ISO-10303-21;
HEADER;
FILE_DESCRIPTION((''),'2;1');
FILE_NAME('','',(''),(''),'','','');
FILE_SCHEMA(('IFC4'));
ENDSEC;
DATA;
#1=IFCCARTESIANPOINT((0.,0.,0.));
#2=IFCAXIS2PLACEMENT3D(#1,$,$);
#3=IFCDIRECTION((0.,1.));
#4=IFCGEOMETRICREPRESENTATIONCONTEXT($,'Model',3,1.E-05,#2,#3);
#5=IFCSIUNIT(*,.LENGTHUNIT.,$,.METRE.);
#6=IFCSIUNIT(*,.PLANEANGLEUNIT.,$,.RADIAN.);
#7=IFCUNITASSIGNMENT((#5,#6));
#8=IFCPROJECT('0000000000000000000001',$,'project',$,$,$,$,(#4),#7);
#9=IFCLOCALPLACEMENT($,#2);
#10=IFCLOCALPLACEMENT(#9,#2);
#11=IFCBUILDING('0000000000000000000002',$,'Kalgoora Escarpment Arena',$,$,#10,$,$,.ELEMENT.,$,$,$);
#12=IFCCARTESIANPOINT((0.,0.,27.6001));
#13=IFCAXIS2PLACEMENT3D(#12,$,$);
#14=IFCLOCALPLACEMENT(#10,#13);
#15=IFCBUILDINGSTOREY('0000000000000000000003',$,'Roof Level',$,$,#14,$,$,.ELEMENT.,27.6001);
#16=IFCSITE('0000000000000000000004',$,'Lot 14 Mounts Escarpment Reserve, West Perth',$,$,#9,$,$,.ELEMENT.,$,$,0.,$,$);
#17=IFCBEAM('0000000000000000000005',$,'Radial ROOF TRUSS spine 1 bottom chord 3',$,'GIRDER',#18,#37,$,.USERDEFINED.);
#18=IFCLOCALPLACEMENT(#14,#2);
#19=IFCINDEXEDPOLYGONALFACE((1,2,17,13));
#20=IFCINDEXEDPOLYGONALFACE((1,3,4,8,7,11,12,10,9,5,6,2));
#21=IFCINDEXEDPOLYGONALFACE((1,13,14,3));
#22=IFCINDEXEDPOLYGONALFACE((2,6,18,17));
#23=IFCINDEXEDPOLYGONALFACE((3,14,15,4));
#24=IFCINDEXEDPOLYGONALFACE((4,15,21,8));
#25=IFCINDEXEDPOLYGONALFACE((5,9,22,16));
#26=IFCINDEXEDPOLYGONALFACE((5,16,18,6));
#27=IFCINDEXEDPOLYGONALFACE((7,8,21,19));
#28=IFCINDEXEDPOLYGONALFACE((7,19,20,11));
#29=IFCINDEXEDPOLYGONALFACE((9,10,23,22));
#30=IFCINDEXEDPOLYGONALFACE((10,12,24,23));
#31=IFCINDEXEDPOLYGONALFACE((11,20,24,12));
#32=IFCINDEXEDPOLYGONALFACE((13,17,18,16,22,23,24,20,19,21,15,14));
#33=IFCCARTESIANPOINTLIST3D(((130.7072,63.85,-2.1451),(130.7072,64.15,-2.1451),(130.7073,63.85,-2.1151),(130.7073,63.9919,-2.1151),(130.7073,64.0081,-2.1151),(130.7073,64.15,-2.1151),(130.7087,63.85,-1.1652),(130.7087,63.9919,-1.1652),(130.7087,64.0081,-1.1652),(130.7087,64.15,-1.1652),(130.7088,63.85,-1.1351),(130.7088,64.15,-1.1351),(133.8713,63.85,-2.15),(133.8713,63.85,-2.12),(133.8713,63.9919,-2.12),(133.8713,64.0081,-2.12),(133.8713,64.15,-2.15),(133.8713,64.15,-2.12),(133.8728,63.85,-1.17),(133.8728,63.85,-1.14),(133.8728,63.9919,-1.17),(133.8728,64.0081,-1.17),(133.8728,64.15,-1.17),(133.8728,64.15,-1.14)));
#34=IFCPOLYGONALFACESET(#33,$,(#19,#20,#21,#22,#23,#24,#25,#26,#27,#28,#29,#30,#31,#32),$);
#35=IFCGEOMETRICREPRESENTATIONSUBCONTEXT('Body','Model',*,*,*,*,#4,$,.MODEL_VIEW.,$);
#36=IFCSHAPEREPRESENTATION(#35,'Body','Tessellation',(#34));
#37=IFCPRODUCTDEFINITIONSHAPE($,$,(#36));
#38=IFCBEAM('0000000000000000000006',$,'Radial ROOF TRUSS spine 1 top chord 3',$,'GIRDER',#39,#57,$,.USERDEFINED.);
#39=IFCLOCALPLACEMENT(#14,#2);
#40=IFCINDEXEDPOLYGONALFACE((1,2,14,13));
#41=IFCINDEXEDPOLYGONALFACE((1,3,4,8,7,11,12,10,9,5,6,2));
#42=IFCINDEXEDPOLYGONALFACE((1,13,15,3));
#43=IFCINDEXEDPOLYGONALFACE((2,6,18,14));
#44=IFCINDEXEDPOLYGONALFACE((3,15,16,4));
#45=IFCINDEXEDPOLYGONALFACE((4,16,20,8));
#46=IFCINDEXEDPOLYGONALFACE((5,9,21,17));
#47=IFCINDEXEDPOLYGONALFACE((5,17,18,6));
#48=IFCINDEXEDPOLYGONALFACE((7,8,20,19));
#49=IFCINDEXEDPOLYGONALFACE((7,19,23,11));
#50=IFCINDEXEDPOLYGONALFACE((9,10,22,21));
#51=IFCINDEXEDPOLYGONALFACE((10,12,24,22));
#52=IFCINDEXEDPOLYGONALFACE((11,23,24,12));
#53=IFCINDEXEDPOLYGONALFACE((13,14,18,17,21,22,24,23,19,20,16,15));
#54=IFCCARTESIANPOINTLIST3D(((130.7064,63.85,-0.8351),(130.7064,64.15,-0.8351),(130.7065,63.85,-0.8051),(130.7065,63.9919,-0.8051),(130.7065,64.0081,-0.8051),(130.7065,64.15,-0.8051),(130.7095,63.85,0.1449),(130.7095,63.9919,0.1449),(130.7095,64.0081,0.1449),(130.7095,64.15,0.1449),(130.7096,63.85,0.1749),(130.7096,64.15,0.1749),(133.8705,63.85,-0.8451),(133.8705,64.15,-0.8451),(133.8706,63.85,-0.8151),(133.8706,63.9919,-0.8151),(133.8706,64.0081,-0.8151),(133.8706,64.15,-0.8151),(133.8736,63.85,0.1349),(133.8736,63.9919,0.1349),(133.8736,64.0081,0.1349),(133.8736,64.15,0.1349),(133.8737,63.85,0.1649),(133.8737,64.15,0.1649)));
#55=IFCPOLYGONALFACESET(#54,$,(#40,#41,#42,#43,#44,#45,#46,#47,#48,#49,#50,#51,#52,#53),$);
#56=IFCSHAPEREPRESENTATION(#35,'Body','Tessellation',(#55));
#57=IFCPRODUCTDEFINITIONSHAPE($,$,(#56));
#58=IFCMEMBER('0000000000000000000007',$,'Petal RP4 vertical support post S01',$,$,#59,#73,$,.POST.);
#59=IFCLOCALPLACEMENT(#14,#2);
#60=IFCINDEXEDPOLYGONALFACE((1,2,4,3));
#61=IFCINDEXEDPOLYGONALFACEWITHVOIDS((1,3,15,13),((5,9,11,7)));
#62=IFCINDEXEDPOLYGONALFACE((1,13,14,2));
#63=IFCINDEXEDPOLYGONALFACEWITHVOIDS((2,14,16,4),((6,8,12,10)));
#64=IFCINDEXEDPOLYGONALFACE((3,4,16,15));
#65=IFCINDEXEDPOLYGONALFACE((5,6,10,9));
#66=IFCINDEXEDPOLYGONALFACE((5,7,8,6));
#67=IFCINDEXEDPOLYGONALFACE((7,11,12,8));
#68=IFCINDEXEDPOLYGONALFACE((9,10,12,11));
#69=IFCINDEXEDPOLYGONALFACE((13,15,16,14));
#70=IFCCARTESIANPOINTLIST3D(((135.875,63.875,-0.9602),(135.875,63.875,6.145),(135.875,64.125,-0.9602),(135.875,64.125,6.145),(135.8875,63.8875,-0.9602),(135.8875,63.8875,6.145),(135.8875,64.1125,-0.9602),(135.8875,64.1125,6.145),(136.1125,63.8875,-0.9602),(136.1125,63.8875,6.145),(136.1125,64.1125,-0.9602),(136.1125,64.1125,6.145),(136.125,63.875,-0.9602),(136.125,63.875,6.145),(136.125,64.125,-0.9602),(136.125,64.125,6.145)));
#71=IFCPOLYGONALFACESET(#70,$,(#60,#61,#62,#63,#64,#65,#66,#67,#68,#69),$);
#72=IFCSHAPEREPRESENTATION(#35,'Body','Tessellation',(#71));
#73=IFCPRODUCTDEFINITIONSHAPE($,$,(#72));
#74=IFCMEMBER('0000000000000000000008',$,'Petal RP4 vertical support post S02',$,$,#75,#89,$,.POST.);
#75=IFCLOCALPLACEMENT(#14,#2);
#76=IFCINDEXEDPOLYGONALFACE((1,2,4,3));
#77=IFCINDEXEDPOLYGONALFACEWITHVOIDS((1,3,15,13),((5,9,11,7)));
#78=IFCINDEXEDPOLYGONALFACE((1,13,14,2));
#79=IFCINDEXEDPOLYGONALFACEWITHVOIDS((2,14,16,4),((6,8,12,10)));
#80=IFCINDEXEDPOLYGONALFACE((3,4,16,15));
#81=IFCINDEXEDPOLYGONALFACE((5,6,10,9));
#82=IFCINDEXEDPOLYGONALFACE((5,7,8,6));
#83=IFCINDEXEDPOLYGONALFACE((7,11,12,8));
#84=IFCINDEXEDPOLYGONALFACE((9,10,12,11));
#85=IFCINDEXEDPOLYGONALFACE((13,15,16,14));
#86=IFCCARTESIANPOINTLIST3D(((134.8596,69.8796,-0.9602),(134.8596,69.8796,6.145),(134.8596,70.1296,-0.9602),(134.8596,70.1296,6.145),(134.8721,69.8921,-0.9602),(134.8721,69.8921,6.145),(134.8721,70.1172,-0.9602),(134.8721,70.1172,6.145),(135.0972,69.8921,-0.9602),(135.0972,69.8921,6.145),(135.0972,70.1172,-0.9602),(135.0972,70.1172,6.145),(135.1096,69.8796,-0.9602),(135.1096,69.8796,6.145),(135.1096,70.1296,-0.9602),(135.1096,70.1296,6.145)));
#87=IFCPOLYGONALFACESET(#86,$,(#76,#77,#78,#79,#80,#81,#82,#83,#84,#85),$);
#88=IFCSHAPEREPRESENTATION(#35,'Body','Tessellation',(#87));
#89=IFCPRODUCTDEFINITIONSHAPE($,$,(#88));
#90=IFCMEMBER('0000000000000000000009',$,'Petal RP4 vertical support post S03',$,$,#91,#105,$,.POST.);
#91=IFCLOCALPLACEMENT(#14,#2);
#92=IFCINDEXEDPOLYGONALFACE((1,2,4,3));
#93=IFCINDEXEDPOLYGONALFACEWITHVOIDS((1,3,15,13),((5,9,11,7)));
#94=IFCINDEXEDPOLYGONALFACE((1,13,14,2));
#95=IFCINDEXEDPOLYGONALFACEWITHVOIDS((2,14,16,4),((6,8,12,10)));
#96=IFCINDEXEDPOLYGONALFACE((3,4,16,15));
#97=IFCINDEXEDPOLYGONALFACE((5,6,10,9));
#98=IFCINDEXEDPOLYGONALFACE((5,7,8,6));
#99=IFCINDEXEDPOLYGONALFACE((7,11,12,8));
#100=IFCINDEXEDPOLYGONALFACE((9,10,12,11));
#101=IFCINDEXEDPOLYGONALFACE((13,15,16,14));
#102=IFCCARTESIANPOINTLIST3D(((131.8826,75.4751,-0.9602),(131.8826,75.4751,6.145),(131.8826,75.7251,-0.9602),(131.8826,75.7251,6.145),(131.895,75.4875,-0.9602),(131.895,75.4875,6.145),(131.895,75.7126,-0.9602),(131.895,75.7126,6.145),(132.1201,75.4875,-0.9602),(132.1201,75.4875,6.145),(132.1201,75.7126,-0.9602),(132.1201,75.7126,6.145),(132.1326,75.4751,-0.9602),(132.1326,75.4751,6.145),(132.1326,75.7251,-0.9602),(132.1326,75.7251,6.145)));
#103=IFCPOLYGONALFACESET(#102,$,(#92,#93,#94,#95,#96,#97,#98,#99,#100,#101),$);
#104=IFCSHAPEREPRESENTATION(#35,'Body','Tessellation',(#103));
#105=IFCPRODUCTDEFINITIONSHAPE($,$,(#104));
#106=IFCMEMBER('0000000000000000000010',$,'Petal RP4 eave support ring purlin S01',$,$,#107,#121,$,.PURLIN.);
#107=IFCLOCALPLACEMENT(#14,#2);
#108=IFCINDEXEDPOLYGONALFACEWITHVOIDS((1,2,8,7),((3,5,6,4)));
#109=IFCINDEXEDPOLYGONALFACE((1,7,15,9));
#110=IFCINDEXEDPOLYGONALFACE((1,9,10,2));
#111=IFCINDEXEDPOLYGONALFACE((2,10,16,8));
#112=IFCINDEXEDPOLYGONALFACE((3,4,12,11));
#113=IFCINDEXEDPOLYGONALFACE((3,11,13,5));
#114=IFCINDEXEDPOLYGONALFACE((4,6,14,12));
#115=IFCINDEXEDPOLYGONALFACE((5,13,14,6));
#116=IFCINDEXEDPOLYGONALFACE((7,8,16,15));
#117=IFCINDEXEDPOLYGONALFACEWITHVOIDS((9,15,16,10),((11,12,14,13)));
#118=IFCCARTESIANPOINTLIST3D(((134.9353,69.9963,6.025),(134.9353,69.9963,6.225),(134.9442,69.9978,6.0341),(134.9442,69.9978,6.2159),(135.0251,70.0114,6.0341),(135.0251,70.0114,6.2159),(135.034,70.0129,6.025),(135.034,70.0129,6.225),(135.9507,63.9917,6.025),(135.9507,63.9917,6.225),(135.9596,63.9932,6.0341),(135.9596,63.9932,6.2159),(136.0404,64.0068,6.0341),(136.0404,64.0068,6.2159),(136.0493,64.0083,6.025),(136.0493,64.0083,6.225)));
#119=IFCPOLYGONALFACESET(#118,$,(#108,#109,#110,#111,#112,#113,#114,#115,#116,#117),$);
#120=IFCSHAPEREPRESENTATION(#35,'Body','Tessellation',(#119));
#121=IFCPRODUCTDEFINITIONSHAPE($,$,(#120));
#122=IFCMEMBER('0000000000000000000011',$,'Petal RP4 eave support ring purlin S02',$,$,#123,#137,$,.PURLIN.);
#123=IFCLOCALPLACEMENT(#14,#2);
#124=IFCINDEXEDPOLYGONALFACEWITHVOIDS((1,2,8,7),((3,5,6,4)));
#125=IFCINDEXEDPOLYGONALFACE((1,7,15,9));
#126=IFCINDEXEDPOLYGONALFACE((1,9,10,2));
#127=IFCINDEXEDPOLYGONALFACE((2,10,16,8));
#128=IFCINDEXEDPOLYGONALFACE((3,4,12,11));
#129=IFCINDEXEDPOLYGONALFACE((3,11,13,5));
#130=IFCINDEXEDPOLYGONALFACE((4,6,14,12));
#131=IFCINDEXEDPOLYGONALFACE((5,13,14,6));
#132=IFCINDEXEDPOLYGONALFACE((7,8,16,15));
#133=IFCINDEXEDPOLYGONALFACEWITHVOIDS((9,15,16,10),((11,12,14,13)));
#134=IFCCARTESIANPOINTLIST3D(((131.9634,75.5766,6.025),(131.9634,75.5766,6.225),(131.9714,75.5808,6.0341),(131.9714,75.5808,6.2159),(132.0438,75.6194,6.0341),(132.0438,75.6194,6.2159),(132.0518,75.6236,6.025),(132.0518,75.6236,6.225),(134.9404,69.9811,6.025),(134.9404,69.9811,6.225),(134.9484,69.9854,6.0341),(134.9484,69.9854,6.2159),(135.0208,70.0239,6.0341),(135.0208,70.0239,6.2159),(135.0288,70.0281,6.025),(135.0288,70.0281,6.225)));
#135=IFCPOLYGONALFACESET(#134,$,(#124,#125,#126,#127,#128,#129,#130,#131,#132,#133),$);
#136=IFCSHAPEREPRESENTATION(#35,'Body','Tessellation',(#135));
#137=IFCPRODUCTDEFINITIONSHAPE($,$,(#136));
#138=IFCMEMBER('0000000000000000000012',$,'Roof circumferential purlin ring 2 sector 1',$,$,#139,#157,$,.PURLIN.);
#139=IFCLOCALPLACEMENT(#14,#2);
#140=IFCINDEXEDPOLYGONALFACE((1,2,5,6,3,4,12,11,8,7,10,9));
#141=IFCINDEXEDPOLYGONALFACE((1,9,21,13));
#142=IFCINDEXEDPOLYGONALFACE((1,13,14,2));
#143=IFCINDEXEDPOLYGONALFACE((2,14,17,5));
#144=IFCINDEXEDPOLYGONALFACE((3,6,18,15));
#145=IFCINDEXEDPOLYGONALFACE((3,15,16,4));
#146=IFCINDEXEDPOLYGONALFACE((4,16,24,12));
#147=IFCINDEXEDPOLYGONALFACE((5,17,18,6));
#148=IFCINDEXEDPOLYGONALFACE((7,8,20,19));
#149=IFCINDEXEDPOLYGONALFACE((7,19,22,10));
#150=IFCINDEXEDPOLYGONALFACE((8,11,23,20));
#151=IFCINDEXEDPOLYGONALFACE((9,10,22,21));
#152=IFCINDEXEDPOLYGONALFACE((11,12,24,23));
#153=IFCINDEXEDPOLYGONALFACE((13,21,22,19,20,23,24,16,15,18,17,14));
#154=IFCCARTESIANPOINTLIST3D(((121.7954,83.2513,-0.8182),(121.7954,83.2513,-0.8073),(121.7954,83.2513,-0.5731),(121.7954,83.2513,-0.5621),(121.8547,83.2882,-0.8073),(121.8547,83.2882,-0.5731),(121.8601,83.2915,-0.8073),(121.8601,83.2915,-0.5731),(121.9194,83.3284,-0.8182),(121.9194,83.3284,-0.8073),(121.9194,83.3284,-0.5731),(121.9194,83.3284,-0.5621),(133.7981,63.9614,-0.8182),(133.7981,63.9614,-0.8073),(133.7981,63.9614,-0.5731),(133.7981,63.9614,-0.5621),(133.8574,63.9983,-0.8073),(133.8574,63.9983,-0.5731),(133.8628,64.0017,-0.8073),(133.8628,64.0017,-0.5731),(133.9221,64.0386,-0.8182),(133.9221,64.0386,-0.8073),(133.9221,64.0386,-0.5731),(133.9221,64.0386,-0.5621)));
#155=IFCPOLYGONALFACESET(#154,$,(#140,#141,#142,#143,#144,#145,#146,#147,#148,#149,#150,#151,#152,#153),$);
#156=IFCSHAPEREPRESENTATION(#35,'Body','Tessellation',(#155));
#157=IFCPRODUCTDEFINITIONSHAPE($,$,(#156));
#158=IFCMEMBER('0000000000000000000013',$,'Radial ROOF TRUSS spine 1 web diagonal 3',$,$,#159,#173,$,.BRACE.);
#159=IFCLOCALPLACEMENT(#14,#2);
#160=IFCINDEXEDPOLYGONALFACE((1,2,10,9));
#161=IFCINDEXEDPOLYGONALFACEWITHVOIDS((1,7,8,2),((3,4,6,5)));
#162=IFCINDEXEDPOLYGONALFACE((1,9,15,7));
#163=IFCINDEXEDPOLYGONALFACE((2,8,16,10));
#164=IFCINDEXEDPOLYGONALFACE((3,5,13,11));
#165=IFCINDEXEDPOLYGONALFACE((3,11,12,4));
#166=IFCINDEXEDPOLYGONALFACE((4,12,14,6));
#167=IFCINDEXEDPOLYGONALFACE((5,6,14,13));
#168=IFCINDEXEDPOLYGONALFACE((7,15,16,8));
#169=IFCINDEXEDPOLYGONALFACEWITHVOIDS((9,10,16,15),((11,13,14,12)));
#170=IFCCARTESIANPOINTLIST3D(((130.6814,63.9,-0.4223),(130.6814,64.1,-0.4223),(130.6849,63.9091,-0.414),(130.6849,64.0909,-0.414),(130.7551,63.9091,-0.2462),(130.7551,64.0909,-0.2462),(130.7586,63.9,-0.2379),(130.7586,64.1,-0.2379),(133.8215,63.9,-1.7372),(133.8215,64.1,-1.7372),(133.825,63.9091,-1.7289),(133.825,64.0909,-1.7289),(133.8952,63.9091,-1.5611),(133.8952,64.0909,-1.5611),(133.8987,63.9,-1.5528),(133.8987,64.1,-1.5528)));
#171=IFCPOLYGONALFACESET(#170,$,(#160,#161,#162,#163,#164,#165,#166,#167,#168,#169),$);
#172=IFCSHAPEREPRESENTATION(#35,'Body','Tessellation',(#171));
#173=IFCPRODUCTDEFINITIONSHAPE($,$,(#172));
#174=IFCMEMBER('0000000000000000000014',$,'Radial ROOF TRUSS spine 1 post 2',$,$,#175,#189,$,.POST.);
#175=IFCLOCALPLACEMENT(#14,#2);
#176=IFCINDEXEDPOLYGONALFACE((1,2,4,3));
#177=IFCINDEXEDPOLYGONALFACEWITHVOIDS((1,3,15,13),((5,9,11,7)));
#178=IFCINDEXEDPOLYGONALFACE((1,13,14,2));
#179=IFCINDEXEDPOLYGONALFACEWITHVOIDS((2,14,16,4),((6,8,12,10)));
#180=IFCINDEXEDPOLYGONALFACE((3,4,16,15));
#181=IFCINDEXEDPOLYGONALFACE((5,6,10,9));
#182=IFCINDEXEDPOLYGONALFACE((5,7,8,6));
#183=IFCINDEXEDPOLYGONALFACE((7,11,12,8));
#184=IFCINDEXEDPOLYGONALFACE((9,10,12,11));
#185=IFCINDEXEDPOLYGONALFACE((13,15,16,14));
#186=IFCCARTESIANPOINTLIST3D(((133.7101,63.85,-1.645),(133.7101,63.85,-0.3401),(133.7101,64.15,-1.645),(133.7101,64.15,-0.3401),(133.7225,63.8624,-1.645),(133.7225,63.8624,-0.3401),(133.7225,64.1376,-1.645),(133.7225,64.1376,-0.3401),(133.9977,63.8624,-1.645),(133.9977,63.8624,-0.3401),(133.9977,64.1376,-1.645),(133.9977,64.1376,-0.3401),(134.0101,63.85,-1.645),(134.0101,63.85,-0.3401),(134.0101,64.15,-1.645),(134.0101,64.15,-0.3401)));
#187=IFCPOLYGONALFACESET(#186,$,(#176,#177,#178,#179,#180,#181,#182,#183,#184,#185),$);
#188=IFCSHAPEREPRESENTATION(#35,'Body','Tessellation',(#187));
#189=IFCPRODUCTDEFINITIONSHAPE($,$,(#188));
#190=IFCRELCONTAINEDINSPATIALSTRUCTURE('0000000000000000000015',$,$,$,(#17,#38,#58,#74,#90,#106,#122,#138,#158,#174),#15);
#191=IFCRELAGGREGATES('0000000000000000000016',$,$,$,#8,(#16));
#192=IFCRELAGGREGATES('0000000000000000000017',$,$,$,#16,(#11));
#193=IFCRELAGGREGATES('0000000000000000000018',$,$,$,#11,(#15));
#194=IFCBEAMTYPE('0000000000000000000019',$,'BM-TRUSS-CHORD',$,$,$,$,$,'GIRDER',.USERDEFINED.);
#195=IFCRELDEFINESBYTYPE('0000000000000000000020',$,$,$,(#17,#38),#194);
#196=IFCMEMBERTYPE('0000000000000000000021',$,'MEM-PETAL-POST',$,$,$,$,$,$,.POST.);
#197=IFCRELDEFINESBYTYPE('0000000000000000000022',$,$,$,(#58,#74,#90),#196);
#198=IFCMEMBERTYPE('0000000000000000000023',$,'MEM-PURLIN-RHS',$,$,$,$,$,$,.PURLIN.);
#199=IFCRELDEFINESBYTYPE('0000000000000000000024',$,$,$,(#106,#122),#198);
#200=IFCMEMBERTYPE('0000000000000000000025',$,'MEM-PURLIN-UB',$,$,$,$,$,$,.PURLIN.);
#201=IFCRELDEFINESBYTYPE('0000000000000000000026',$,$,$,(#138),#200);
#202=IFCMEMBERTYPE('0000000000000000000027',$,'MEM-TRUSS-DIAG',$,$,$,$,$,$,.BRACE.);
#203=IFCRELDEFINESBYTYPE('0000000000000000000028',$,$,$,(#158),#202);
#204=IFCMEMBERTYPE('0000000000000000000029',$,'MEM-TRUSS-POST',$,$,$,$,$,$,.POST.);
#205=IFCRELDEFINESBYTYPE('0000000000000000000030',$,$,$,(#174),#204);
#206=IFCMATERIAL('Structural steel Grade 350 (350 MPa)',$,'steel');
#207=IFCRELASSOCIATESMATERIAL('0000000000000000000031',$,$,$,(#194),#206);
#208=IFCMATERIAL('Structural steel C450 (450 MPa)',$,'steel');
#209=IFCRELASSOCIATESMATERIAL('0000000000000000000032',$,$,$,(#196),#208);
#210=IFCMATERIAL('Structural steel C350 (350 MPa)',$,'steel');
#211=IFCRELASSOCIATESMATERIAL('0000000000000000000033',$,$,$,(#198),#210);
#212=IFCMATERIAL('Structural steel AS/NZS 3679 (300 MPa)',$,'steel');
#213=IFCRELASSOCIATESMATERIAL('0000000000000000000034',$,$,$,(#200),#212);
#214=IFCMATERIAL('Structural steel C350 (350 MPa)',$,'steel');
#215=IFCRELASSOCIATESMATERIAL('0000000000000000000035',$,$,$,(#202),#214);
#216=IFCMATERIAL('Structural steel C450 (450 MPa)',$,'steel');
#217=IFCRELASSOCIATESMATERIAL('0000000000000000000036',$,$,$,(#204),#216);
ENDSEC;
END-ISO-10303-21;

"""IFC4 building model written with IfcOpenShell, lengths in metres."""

from ifc_helpers import new_model, si_unit, direction, frame, origin, origin_2d, place, context, subcontext, project, spatial, hollow_rectangle, i_section, extrude, material, material_profile, profile_set, type_object, element, save


model = new_model("IFC4")

# Units and contexts
model_context = context("Model", 3, precision=1e-05, world=origin(), true_north=direction((0.0, 1.0)))
body_context = subcontext(model_context, "Body", "Model", "MODEL_VIEW")
ifc_project = project(units=[si_unit("LENGTHUNIT", "METRE"), si_unit("PLANEANGLEUNIT", "RADIAN")], contexts=[model_context])

# Site, building, storey
site_placement = place(None, origin())
site = spatial("IfcSite", under=ifc_project, at=site_placement, Name="Lot 14 Mounts Escarpment Reserve, West Perth", CompositionType="ELEMENT", RefElevation=0.0)
building_placement = place(site_placement, origin())
building = spatial("IfcBuilding", under=site, at=building_placement, Name="Kalgoora Escarpment Arena", CompositionType="ELEMENT")
storey_placement = place(building_placement, frame((0.0, 0.0, 27.6001)))
storey = spatial("IfcBuildingStorey", under=building, at=storey_placement, Name="Roof Level", CompositionType="ELEMENT", Elevation=27.6001)

# Beams
ifc_material_1 = material(Name="Structural steel Grade 350 (350 MPa)", Category="steel")
ifc_material_profile_1 = material_profile(ifc_material_1, i_section(OverallWidth=0.3, OverallDepth=1.01, WebThickness=0.0161, FlangeThickness=0.03, at=origin_2d()))
ifc_profile_set_1 = profile_set([ifc_material_profile_1], Name="Structural steel Grade 350 (350 MPa)")
beam_type = type_object("IfcBeamType", Name="BM-TRUSS-CHORD", ElementType="GIRDER", PredefinedType="USERDEFINED", material=ifc_profile_set_1)
for number, where, z_axis, x_axis, name in (
    (1, (133.8721, 64.0, -1.645), (-0.999999, 0.0, 0.001543), (0.0, -1.0, 0.0), "Radial ROOF TRUSS spine 1 bottom chord 3"),
    (2, (133.8721, 64.0, -0.3401), (-0.999995, 0.0, 0.003164), (0.0, -1.0, 0.0), "Radial ROOF TRUSS spine 1 top chord 3"),
):
    element("IfcBeam", number, at=place(storey_placement, frame(where, z_axis=z_axis, x_axis=x_axis)), inside=storey, type_object=beam_type, Name=name, ObjectType="GIRDER", PredefinedType="USERDEFINED", context=body_context, shape_type="SweptSolid", body=[
        extrude(i_section(OverallWidth=0.3, OverallDepth=1.01, WebThickness=0.0161, FlangeThickness=0.03, at=origin_2d()), origin(), (0.0, 0.0, 1.0), 3.1641),
    ])

# Members
ifc_material_2 = material(Name="Structural steel C450 (450 MPa)", Category="steel")
ifc_material_profile_2 = material_profile(ifc_material_2, hollow_rectangle(XDim=0.25, YDim=0.25, WallThickness=0.0125, at=origin_2d()))
ifc_profile_set_2 = profile_set([ifc_material_profile_2], Name="Structural steel C450 (450 MPa)")
member_type_1 = type_object("IfcMemberType", Name="MEM-PETAL-POST", PredefinedType="POST", material=ifc_profile_set_2)
for number, where, z_axis, x_axis, name in (
    (3, (136.0, 64.0, -0.9602), (0.0, 0.0, 1.0), (1.0, 0.0, 0.0), "Petal RP4 vertical support post S01"),
    (4, (134.9846, 70.0046, -0.9602), (0.0, 0.0, 1.0), (1.0, 0.0, 0.0), "Petal RP4 vertical support post S02"),
    (5, (132.0076, 75.6001, -0.9602), (0.0, 0.0, 1.0), (1.0, 0.0, 0.0), "Petal RP4 vertical support post S03"),
):
    element("IfcMember", number, at=place(storey_placement, frame(where, z_axis=z_axis, x_axis=x_axis)), inside=storey, type_object=member_type_1, Name=name, PredefinedType="POST", context=body_context, shape_type="SweptSolid", body=[
        extrude(hollow_rectangle(XDim=0.25, YDim=0.25, WallThickness=0.0125, at=origin_2d()), origin(), (0.0, 0.0, 1.0), 7.1052),
    ])
ifc_material_3 = material(Name="Structural steel C350 (350 MPa)", Category="steel")
ifc_material_profile_3 = material_profile(ifc_material_3, hollow_rectangle(XDim=0.1001, YDim=0.2, WallThickness=0.009, at=origin_2d()))
ifc_profile_set_3 = profile_set([ifc_material_profile_3], Name="Structural steel C350 (350 MPa)")
member_type_2 = type_object("IfcMemberType", Name="MEM-PURLIN-RHS", PredefinedType="PURLIN", material=ifc_profile_set_3)
member_1_placement = place(storey_placement, frame((136.0, 64.0, 6.125), z_axis=(-0.166732, 0.986002, 0.0), x_axis=(-0.986002, -0.166732, 0.0)))
element("IfcMember", 6, at=member_1_placement, inside=storey, type_object=member_type_2, Name="Petal RP4 eave support ring purlin S01", PredefinedType="PURLIN", context=body_context, shape_type="SweptSolid", body=[
    extrude(hollow_rectangle(XDim=0.1001, YDim=0.2, WallThickness=0.009, at=origin_2d()), origin(), (0.0, 0.0, 1.0), 6.0898),
])
member_2_placement = place(storey_placement, frame((134.9846, 70.0046, 6.125), z_axis=(-0.469704, 0.882824, 0.0), x_axis=(-0.882824, -0.469704, 0.0)))
element("IfcMember", 7, at=member_2_placement, inside=storey, type_object=member_type_2, Name="Petal RP4 eave support ring purlin S02", PredefinedType="PURLIN", context=body_context, shape_type="SweptSolid", body=[
    extrude(hollow_rectangle(XDim=0.1001, YDim=0.2, WallThickness=0.009, at=origin_2d()), origin(), (0.0, 0.0, 1.0), 6.3381),
])
ifc_material_4 = material(Name="Structural steel AS/NZS 3679 (300 MPa)", Category="steel")
ifc_material_profile_4 = material_profile(ifc_material_4, i_section(OverallWidth=0.146, OverallDepth=0.2561, WebThickness=0.0063, FlangeThickness=0.011, at=origin_2d()))
ifc_profile_set_4 = profile_set([ifc_material_profile_4], Name="Structural steel AS/NZS 3679 (300 MPa)")
member_type_3 = type_object("IfcMemberType", Name="MEM-PURLIN-UB", PredefinedType="PURLIN", material=ifc_profile_set_4)
member_3_placement = place(storey_placement, frame((133.8601, 64.0, -0.6902), z_axis=(-0.528307, 0.849054, 0.0), x_axis=(-0.849054, -0.528307, 0.0)))
element("IfcMember", 8, at=member_3_placement, inside=storey, type_object=member_type_3, Name="Roof circumferential purlin ring 2 sector 1", PredefinedType="PURLIN", context=body_context, shape_type="SweptSolid", body=[
    extrude(i_section(OverallWidth=0.146, OverallDepth=0.2561, WebThickness=0.0063, FlangeThickness=0.011, at=origin_2d()), origin(), (0.0, 0.0, 1.0), 22.7192),
])
ifc_material_5 = material(Name="Structural steel C350 (350 MPa)", Category="steel")
ifc_material_profile_5 = material_profile(ifc_material_5, hollow_rectangle(XDim=0.2, YDim=0.2, WallThickness=0.009, at=origin_2d()))
ifc_profile_set_5 = profile_set([ifc_material_profile_5], Name="Structural steel C350 (350 MPa)")
member_type_4 = type_object("IfcMemberType", Name="MEM-TRUSS-DIAG", PredefinedType="BRACE", material=ifc_profile_set_5)
member_4_placement = place(storey_placement, frame((133.8601, 64.0, -1.645), z_axis=(-0.922392, 0.0, 0.386254), x_axis=(0.0, 1.0, 0.0)))
element("IfcMember", 9, at=member_4_placement, inside=storey, type_object=member_type_4, Name="Radial ROOF TRUSS spine 1 web diagonal 3", PredefinedType="BRACE", context=body_context, shape_type="SweptSolid", body=[
    extrude(hollow_rectangle(XDim=0.2, YDim=0.2, WallThickness=0.009, at=origin_2d()), origin(), (0.0, 0.0, 1.0), 3.4043),
])
ifc_material_6 = material(Name="Structural steel C450 (450 MPa)", Category="steel")
ifc_material_profile_6 = material_profile(ifc_material_6, hollow_rectangle(XDim=0.3, YDim=0.3, WallThickness=0.0125, at=origin_2d()))
ifc_profile_set_6 = profile_set([ifc_material_profile_6], Name="Structural steel C450 (450 MPa)")
member_type_5 = type_object("IfcMemberType", Name="MEM-TRUSS-POST", PredefinedType="POST", material=ifc_profile_set_6)
member_5_placement = place(storey_placement, frame((133.8601, 64.0, -1.645), z_axis=(0.0, 0.0, 1.0), x_axis=(-1.0, 0.0, 0.0)))
element("IfcMember", 10, at=member_5_placement, inside=storey, type_object=member_type_5, Name="Radial ROOF TRUSS spine 1 post 2", PredefinedType="POST", context=body_context, shape_type="SweptSolid", body=[
    extrude(hollow_rectangle(XDim=0.3, YDim=0.3, WallThickness=0.0125, at=origin_2d()), origin(), (0.0, 0.0, 1.0), 1.3049),
])

save(model, "model.ifc")
